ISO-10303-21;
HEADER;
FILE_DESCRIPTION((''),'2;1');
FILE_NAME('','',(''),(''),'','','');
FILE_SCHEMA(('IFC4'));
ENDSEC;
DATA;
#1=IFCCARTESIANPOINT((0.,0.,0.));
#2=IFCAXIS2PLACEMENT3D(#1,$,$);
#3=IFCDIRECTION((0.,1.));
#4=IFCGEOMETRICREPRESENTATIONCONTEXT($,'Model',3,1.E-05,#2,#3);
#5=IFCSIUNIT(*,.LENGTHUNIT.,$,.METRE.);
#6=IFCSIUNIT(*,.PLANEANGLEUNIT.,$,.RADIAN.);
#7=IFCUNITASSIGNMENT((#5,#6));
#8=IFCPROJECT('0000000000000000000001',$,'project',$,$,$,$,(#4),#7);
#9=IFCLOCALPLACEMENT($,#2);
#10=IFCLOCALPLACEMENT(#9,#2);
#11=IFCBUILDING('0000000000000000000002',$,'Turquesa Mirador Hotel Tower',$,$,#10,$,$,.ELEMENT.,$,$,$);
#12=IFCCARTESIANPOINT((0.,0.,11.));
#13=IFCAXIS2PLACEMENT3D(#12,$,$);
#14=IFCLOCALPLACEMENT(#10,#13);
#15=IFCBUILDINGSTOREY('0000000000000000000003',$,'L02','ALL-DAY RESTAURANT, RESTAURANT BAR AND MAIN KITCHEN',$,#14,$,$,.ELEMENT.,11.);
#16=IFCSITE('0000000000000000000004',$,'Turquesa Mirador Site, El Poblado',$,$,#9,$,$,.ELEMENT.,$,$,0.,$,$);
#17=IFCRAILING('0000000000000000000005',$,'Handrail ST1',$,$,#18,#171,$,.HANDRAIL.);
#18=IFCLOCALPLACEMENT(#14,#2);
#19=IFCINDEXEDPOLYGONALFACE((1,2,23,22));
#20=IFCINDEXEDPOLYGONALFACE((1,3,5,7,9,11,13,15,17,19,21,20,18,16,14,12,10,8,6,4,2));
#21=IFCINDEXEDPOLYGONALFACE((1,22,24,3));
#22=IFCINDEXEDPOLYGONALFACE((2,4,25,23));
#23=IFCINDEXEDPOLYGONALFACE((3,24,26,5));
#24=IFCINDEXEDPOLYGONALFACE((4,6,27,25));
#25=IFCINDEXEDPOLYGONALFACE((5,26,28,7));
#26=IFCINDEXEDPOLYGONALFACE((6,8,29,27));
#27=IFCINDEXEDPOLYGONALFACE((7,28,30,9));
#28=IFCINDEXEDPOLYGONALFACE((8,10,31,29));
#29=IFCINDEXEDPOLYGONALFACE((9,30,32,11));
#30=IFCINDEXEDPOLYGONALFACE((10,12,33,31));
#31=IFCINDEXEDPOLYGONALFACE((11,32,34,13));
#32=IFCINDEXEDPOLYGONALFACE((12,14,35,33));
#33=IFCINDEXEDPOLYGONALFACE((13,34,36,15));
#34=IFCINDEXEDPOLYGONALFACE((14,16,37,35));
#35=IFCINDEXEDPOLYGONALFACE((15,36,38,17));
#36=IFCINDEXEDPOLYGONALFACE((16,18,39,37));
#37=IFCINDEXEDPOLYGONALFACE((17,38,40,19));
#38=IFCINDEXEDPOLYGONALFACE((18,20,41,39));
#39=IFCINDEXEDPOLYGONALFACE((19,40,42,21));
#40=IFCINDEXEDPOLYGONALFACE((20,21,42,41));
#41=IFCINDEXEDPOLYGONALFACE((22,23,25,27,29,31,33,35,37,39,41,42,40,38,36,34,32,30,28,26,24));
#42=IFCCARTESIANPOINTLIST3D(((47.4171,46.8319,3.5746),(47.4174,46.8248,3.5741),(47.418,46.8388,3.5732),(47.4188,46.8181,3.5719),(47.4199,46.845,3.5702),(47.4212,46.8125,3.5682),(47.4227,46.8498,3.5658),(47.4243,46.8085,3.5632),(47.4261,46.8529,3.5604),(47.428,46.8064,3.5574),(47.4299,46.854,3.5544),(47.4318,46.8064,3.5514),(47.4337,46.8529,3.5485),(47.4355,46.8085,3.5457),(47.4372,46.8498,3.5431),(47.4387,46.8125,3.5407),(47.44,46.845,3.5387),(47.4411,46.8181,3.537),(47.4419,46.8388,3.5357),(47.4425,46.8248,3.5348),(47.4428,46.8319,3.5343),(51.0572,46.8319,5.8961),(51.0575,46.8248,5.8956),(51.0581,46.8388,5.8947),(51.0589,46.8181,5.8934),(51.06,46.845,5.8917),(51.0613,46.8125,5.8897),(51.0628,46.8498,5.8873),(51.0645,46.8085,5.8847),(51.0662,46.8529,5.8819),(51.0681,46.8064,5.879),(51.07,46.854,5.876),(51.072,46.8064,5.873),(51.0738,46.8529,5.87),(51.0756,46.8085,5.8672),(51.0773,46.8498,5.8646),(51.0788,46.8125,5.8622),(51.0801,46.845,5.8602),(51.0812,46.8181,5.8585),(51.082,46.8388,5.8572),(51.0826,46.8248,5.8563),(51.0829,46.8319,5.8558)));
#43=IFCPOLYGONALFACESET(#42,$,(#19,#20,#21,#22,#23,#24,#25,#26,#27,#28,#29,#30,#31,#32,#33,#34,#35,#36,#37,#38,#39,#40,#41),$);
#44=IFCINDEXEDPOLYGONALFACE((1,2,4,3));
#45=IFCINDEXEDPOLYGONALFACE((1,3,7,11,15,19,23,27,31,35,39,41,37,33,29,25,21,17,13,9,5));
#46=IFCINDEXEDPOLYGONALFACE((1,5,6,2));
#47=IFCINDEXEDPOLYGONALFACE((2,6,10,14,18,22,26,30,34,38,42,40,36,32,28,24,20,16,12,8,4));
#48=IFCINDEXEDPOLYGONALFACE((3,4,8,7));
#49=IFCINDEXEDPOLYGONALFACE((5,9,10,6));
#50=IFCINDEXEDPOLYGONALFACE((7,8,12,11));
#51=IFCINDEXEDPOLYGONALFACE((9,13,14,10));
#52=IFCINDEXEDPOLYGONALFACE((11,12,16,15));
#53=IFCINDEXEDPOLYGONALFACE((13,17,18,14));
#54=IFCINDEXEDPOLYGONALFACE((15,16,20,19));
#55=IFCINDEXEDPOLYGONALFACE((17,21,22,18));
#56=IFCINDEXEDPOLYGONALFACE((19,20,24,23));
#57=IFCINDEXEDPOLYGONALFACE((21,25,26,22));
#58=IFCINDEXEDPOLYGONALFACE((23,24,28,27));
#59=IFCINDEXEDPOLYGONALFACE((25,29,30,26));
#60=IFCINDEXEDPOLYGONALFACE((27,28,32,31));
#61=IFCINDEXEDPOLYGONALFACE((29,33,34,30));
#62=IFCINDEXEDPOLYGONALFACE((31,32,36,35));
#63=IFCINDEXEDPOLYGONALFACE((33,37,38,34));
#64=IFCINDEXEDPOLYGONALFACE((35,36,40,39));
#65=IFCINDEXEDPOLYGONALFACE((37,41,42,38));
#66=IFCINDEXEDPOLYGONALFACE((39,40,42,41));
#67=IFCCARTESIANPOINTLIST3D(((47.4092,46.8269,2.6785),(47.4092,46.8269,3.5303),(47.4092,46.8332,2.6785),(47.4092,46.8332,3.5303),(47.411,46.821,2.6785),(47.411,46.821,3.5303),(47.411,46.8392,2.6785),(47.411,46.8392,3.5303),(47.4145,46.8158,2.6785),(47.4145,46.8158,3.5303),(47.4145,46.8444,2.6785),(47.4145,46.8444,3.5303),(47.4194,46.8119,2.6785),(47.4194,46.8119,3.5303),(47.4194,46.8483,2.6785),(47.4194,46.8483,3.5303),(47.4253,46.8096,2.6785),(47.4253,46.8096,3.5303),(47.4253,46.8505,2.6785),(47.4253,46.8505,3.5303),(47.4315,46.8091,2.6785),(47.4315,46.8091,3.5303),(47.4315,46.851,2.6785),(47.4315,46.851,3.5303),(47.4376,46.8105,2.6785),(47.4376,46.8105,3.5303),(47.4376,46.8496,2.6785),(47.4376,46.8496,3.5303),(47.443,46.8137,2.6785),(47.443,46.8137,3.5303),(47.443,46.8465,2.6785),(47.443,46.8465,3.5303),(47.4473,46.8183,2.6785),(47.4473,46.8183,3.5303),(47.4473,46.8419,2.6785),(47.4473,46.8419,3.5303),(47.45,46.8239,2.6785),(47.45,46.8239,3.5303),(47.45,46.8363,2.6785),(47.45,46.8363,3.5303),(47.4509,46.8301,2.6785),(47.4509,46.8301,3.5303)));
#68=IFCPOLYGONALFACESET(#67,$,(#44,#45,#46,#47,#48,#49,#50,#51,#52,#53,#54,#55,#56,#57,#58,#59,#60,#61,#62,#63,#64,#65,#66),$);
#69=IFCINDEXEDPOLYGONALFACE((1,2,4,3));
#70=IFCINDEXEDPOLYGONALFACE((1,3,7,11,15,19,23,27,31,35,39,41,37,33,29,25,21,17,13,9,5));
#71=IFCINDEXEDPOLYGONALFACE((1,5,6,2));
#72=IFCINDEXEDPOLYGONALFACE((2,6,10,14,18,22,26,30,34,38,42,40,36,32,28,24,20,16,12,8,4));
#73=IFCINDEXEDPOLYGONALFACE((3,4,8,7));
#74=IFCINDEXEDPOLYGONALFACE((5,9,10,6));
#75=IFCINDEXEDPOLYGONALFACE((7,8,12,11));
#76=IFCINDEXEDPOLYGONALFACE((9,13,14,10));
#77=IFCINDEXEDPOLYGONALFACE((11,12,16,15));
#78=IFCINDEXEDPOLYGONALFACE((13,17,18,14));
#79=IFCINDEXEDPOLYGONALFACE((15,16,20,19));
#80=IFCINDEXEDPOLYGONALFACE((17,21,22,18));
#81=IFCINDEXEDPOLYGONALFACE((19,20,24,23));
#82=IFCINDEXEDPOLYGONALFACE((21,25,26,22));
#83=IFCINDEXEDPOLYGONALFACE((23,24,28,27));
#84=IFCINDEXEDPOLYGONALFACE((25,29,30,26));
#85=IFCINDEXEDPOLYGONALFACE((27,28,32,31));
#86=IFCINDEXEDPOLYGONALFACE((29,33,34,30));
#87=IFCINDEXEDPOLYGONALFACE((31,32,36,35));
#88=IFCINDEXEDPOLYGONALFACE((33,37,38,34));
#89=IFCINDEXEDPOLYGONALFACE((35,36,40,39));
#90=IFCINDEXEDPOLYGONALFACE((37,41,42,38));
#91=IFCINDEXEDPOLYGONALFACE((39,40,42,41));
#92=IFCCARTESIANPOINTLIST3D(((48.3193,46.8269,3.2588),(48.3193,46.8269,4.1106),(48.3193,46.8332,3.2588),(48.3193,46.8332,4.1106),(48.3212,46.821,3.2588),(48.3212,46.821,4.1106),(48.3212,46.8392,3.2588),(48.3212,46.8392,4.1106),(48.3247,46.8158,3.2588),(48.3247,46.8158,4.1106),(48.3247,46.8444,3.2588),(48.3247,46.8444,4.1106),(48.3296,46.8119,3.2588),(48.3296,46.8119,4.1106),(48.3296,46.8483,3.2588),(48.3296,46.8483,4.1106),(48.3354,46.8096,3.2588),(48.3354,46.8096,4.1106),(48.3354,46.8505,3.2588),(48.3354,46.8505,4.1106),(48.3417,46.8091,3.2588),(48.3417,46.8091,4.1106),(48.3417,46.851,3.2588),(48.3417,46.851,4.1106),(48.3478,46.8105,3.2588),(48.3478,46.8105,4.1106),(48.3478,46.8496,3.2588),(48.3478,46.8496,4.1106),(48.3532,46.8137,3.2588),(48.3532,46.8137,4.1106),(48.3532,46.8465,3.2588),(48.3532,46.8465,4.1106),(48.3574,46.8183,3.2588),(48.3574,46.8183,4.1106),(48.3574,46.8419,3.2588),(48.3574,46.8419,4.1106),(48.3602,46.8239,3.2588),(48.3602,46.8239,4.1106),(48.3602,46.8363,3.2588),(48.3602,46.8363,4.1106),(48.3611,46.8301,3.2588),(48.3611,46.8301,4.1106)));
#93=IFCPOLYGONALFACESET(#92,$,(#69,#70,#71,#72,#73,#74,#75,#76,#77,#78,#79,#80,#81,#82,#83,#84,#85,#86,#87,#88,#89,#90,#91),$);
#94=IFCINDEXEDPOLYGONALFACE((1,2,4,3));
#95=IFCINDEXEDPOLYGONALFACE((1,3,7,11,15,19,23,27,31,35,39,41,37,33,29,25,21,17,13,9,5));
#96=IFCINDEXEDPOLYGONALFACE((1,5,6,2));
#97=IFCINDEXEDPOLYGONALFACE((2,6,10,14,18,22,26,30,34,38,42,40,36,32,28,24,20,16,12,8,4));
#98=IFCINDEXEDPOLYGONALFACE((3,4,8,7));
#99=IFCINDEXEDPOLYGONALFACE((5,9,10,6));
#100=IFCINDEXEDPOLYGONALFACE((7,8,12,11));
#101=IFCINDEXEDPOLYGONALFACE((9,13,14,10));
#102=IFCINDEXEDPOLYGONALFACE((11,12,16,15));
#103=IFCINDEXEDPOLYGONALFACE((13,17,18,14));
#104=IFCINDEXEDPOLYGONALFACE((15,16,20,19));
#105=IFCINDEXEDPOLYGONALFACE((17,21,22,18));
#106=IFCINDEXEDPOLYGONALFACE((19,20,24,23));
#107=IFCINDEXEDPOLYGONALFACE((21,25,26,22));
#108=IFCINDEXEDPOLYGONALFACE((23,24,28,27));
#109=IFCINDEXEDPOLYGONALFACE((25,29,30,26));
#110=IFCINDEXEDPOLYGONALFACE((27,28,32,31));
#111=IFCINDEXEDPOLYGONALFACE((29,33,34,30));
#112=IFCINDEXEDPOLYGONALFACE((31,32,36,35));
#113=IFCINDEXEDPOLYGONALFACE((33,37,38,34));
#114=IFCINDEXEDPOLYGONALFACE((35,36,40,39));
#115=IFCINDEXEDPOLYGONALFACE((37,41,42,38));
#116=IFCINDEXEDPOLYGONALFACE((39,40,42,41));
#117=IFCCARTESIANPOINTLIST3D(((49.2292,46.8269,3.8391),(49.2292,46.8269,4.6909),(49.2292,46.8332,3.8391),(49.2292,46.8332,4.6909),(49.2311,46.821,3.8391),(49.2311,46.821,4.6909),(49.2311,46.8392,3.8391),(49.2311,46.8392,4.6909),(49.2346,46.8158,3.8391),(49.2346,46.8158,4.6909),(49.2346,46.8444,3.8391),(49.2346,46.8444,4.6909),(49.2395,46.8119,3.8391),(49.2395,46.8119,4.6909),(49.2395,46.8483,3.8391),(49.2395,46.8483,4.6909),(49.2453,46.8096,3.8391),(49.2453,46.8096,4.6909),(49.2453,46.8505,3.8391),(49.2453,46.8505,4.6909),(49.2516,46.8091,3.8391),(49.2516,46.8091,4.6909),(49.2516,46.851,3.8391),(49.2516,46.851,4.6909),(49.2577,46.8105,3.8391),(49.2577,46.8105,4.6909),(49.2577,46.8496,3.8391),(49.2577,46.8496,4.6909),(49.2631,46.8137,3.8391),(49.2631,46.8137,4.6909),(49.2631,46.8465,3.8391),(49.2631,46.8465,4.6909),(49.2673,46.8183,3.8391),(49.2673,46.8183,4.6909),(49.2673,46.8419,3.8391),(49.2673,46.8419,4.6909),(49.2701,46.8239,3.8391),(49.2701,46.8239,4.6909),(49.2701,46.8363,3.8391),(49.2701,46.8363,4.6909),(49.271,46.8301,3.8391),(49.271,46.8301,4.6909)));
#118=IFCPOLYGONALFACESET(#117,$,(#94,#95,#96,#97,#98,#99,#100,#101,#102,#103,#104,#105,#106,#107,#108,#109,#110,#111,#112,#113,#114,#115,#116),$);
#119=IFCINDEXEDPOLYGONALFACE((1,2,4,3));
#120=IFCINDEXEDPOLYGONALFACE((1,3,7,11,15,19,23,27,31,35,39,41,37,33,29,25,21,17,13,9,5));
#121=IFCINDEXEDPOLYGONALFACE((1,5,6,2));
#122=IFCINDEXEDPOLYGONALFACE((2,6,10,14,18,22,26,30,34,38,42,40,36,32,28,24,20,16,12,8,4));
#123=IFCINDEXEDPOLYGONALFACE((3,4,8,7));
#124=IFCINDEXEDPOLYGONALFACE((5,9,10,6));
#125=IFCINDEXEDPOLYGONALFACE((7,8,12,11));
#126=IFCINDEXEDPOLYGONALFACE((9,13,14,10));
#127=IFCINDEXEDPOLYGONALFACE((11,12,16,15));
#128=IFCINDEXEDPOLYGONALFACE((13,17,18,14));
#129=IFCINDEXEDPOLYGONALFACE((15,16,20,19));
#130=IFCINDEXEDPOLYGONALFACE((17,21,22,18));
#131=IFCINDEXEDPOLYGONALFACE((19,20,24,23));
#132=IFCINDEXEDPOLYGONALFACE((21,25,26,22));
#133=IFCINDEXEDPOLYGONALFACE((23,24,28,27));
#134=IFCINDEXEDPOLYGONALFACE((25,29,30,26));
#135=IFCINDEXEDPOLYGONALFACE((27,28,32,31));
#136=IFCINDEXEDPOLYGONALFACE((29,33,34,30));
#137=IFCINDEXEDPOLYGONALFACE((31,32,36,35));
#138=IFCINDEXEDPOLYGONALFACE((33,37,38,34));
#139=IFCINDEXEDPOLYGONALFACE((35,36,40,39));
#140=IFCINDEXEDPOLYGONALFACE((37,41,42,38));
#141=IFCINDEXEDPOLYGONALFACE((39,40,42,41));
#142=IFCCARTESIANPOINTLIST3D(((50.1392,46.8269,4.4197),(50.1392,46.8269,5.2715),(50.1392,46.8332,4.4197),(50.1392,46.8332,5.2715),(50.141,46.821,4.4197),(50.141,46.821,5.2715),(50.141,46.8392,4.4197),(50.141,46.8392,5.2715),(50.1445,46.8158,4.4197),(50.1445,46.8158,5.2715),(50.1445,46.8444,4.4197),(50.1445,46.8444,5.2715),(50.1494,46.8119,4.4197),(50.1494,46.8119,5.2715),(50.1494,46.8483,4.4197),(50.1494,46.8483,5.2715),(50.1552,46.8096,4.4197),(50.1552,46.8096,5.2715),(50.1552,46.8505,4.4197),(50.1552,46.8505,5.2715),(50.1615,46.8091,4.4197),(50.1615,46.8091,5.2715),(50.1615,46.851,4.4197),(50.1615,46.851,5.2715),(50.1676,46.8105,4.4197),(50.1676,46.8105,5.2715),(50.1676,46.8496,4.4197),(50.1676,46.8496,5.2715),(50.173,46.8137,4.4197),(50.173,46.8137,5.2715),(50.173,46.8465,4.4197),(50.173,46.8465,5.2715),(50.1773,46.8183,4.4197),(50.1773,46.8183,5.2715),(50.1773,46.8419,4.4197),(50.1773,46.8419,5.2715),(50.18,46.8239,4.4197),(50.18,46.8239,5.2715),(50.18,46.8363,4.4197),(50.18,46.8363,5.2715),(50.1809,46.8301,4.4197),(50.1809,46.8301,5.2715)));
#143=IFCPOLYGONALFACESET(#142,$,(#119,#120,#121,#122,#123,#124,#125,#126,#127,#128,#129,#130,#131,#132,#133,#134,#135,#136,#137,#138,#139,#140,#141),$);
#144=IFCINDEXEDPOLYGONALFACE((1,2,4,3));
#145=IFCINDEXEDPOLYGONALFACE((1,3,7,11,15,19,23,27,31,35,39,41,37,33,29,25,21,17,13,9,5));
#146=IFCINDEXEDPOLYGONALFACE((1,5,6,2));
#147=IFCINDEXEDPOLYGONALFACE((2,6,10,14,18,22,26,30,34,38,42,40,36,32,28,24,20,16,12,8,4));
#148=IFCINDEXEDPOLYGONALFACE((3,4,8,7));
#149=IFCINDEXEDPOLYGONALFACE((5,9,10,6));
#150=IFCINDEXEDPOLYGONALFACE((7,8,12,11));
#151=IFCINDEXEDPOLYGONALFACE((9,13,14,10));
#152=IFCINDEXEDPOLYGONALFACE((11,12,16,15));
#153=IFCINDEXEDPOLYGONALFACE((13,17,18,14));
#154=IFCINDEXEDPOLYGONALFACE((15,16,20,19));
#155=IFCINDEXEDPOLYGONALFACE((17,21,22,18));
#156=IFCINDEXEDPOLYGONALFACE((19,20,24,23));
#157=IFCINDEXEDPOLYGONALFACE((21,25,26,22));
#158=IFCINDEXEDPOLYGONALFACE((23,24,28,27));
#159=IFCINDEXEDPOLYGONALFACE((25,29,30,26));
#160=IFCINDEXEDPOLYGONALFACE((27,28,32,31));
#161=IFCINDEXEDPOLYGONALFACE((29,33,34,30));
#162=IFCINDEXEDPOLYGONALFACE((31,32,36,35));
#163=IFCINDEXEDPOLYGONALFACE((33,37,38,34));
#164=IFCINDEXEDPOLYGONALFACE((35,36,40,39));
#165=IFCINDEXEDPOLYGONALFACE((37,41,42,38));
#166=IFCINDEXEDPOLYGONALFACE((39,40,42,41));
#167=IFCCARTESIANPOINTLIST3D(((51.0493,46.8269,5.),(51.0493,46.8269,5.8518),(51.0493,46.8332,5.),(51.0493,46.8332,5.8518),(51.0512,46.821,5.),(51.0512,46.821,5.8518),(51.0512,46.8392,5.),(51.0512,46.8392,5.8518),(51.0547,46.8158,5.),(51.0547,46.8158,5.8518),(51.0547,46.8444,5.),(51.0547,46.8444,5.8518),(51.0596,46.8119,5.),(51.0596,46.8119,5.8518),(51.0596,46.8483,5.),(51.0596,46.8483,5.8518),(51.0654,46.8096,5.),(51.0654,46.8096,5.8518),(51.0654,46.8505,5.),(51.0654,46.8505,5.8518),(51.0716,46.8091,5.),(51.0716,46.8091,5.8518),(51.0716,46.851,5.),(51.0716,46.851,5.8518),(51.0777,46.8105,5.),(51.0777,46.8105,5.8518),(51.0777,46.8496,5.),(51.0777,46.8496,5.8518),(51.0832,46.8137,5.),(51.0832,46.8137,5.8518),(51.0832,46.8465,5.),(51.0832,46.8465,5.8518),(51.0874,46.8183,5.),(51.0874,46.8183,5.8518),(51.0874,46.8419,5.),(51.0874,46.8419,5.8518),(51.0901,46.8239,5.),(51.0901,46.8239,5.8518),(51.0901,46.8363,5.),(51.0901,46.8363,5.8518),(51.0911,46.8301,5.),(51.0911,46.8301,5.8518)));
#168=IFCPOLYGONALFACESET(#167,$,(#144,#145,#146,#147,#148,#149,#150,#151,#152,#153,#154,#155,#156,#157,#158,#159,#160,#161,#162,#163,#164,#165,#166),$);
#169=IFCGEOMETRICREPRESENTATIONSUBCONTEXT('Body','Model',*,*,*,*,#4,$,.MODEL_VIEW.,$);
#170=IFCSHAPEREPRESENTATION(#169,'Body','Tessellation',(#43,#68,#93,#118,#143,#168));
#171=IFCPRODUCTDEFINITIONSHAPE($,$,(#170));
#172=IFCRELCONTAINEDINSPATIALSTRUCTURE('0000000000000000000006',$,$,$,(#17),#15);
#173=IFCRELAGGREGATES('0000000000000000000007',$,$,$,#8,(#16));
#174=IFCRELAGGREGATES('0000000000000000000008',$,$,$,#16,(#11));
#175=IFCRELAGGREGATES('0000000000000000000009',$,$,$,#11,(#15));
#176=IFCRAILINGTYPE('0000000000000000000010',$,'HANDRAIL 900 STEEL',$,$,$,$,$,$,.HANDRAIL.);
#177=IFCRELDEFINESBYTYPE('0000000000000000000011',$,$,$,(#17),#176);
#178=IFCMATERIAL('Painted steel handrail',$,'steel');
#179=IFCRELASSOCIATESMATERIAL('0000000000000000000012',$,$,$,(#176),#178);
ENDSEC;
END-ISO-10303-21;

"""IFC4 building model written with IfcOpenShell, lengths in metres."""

from ifc_helpers import new_model, si_unit, direction, frame, origin, origin_2d, place, context, subcontext, project, spatial, circle, extrude, material, type_object, element, save


model = new_model("IFC4")

# Units and contexts
model_context = context("Model", 3, precision=1e-05, world=origin(), true_north=direction((0.0, 1.0)))
body_context = subcontext(model_context, "Body", "Model", "MODEL_VIEW")
ifc_project = project(units=[si_unit("LENGTHUNIT", "METRE"), si_unit("PLANEANGLEUNIT", "RADIAN")], contexts=[model_context])

# Site, building, storey
site_placement = place(None, origin())
site = spatial("IfcSite", under=ifc_project, at=site_placement, Name="Turquesa Mirador Site, El Poblado", CompositionType="ELEMENT", RefElevation=0.0)
building_placement = place(site_placement, origin())
building = spatial("IfcBuilding", under=site, at=building_placement, Name="Turquesa Mirador Hotel Tower", CompositionType="ELEMENT")
storey_placement = place(building_placement, frame((0.0, 0.0, 11.0)))
storey = spatial("IfcBuildingStorey", under=building, at=storey_placement, Name="L02", Description="ALL-DAY RESTAURANT, RESTAURANT BAR AND MAIN KITCHEN", CompositionType="ELEMENT", Elevation=11.0)

# Railing
ifc_material_1 = material(Name="Painted steel handrail", Category="steel")
railing_type = type_object("IfcRailingType", Name="HANDRAIL 900 STEEL", PredefinedType="HANDRAIL", material=ifc_material_1)
for number, where, name in (
    (1, (47.4299, 46.8301, 2.6785), "Handrail ST1"),
):
    element("IfcRailing", number, at=place(storey_placement, frame(where)), inside=storey, type_object=railing_type, Name=name, PredefinedType="HANDRAIL", context=body_context, shape_type="SweptSolid", body=[
        extrude(circle(Radius=0.0239, at=origin_2d()), frame((0.0, 0.0, 0.876), z_axis=(0.843128, 0.0, 0.537713), x_axis=(0.0, 1.0, 0.0)), (0.0, 0.0, 1.0), 4.3174),
        extrude(circle(Radius=0.021, at=origin_2d()), origin(), (0.0, 0.0, 1.0), 0.8518),
        extrude(circle(Radius=0.021, at=origin_2d()), frame((0.9102, 0.0, 0.5803)), (0.0, 0.0, 1.0), 0.8518),
        extrude(circle(Radius=0.021, at=origin_2d()), frame((1.8201, 0.0, 1.1606)), (0.0, 0.0, 1.0), 0.8518),
        extrude(circle(Radius=0.021, at=origin_2d()), frame((2.73, 0.0, 1.7412)), (0.0, 0.0, 1.0), 0.8518),
        extrude(circle(Radius=0.021, at=origin_2d()), frame((3.6401, 0.0, 2.3215)), (0.0, 0.0, 1.0), 0.8518),
    ])

save(model, "model.ifc")
